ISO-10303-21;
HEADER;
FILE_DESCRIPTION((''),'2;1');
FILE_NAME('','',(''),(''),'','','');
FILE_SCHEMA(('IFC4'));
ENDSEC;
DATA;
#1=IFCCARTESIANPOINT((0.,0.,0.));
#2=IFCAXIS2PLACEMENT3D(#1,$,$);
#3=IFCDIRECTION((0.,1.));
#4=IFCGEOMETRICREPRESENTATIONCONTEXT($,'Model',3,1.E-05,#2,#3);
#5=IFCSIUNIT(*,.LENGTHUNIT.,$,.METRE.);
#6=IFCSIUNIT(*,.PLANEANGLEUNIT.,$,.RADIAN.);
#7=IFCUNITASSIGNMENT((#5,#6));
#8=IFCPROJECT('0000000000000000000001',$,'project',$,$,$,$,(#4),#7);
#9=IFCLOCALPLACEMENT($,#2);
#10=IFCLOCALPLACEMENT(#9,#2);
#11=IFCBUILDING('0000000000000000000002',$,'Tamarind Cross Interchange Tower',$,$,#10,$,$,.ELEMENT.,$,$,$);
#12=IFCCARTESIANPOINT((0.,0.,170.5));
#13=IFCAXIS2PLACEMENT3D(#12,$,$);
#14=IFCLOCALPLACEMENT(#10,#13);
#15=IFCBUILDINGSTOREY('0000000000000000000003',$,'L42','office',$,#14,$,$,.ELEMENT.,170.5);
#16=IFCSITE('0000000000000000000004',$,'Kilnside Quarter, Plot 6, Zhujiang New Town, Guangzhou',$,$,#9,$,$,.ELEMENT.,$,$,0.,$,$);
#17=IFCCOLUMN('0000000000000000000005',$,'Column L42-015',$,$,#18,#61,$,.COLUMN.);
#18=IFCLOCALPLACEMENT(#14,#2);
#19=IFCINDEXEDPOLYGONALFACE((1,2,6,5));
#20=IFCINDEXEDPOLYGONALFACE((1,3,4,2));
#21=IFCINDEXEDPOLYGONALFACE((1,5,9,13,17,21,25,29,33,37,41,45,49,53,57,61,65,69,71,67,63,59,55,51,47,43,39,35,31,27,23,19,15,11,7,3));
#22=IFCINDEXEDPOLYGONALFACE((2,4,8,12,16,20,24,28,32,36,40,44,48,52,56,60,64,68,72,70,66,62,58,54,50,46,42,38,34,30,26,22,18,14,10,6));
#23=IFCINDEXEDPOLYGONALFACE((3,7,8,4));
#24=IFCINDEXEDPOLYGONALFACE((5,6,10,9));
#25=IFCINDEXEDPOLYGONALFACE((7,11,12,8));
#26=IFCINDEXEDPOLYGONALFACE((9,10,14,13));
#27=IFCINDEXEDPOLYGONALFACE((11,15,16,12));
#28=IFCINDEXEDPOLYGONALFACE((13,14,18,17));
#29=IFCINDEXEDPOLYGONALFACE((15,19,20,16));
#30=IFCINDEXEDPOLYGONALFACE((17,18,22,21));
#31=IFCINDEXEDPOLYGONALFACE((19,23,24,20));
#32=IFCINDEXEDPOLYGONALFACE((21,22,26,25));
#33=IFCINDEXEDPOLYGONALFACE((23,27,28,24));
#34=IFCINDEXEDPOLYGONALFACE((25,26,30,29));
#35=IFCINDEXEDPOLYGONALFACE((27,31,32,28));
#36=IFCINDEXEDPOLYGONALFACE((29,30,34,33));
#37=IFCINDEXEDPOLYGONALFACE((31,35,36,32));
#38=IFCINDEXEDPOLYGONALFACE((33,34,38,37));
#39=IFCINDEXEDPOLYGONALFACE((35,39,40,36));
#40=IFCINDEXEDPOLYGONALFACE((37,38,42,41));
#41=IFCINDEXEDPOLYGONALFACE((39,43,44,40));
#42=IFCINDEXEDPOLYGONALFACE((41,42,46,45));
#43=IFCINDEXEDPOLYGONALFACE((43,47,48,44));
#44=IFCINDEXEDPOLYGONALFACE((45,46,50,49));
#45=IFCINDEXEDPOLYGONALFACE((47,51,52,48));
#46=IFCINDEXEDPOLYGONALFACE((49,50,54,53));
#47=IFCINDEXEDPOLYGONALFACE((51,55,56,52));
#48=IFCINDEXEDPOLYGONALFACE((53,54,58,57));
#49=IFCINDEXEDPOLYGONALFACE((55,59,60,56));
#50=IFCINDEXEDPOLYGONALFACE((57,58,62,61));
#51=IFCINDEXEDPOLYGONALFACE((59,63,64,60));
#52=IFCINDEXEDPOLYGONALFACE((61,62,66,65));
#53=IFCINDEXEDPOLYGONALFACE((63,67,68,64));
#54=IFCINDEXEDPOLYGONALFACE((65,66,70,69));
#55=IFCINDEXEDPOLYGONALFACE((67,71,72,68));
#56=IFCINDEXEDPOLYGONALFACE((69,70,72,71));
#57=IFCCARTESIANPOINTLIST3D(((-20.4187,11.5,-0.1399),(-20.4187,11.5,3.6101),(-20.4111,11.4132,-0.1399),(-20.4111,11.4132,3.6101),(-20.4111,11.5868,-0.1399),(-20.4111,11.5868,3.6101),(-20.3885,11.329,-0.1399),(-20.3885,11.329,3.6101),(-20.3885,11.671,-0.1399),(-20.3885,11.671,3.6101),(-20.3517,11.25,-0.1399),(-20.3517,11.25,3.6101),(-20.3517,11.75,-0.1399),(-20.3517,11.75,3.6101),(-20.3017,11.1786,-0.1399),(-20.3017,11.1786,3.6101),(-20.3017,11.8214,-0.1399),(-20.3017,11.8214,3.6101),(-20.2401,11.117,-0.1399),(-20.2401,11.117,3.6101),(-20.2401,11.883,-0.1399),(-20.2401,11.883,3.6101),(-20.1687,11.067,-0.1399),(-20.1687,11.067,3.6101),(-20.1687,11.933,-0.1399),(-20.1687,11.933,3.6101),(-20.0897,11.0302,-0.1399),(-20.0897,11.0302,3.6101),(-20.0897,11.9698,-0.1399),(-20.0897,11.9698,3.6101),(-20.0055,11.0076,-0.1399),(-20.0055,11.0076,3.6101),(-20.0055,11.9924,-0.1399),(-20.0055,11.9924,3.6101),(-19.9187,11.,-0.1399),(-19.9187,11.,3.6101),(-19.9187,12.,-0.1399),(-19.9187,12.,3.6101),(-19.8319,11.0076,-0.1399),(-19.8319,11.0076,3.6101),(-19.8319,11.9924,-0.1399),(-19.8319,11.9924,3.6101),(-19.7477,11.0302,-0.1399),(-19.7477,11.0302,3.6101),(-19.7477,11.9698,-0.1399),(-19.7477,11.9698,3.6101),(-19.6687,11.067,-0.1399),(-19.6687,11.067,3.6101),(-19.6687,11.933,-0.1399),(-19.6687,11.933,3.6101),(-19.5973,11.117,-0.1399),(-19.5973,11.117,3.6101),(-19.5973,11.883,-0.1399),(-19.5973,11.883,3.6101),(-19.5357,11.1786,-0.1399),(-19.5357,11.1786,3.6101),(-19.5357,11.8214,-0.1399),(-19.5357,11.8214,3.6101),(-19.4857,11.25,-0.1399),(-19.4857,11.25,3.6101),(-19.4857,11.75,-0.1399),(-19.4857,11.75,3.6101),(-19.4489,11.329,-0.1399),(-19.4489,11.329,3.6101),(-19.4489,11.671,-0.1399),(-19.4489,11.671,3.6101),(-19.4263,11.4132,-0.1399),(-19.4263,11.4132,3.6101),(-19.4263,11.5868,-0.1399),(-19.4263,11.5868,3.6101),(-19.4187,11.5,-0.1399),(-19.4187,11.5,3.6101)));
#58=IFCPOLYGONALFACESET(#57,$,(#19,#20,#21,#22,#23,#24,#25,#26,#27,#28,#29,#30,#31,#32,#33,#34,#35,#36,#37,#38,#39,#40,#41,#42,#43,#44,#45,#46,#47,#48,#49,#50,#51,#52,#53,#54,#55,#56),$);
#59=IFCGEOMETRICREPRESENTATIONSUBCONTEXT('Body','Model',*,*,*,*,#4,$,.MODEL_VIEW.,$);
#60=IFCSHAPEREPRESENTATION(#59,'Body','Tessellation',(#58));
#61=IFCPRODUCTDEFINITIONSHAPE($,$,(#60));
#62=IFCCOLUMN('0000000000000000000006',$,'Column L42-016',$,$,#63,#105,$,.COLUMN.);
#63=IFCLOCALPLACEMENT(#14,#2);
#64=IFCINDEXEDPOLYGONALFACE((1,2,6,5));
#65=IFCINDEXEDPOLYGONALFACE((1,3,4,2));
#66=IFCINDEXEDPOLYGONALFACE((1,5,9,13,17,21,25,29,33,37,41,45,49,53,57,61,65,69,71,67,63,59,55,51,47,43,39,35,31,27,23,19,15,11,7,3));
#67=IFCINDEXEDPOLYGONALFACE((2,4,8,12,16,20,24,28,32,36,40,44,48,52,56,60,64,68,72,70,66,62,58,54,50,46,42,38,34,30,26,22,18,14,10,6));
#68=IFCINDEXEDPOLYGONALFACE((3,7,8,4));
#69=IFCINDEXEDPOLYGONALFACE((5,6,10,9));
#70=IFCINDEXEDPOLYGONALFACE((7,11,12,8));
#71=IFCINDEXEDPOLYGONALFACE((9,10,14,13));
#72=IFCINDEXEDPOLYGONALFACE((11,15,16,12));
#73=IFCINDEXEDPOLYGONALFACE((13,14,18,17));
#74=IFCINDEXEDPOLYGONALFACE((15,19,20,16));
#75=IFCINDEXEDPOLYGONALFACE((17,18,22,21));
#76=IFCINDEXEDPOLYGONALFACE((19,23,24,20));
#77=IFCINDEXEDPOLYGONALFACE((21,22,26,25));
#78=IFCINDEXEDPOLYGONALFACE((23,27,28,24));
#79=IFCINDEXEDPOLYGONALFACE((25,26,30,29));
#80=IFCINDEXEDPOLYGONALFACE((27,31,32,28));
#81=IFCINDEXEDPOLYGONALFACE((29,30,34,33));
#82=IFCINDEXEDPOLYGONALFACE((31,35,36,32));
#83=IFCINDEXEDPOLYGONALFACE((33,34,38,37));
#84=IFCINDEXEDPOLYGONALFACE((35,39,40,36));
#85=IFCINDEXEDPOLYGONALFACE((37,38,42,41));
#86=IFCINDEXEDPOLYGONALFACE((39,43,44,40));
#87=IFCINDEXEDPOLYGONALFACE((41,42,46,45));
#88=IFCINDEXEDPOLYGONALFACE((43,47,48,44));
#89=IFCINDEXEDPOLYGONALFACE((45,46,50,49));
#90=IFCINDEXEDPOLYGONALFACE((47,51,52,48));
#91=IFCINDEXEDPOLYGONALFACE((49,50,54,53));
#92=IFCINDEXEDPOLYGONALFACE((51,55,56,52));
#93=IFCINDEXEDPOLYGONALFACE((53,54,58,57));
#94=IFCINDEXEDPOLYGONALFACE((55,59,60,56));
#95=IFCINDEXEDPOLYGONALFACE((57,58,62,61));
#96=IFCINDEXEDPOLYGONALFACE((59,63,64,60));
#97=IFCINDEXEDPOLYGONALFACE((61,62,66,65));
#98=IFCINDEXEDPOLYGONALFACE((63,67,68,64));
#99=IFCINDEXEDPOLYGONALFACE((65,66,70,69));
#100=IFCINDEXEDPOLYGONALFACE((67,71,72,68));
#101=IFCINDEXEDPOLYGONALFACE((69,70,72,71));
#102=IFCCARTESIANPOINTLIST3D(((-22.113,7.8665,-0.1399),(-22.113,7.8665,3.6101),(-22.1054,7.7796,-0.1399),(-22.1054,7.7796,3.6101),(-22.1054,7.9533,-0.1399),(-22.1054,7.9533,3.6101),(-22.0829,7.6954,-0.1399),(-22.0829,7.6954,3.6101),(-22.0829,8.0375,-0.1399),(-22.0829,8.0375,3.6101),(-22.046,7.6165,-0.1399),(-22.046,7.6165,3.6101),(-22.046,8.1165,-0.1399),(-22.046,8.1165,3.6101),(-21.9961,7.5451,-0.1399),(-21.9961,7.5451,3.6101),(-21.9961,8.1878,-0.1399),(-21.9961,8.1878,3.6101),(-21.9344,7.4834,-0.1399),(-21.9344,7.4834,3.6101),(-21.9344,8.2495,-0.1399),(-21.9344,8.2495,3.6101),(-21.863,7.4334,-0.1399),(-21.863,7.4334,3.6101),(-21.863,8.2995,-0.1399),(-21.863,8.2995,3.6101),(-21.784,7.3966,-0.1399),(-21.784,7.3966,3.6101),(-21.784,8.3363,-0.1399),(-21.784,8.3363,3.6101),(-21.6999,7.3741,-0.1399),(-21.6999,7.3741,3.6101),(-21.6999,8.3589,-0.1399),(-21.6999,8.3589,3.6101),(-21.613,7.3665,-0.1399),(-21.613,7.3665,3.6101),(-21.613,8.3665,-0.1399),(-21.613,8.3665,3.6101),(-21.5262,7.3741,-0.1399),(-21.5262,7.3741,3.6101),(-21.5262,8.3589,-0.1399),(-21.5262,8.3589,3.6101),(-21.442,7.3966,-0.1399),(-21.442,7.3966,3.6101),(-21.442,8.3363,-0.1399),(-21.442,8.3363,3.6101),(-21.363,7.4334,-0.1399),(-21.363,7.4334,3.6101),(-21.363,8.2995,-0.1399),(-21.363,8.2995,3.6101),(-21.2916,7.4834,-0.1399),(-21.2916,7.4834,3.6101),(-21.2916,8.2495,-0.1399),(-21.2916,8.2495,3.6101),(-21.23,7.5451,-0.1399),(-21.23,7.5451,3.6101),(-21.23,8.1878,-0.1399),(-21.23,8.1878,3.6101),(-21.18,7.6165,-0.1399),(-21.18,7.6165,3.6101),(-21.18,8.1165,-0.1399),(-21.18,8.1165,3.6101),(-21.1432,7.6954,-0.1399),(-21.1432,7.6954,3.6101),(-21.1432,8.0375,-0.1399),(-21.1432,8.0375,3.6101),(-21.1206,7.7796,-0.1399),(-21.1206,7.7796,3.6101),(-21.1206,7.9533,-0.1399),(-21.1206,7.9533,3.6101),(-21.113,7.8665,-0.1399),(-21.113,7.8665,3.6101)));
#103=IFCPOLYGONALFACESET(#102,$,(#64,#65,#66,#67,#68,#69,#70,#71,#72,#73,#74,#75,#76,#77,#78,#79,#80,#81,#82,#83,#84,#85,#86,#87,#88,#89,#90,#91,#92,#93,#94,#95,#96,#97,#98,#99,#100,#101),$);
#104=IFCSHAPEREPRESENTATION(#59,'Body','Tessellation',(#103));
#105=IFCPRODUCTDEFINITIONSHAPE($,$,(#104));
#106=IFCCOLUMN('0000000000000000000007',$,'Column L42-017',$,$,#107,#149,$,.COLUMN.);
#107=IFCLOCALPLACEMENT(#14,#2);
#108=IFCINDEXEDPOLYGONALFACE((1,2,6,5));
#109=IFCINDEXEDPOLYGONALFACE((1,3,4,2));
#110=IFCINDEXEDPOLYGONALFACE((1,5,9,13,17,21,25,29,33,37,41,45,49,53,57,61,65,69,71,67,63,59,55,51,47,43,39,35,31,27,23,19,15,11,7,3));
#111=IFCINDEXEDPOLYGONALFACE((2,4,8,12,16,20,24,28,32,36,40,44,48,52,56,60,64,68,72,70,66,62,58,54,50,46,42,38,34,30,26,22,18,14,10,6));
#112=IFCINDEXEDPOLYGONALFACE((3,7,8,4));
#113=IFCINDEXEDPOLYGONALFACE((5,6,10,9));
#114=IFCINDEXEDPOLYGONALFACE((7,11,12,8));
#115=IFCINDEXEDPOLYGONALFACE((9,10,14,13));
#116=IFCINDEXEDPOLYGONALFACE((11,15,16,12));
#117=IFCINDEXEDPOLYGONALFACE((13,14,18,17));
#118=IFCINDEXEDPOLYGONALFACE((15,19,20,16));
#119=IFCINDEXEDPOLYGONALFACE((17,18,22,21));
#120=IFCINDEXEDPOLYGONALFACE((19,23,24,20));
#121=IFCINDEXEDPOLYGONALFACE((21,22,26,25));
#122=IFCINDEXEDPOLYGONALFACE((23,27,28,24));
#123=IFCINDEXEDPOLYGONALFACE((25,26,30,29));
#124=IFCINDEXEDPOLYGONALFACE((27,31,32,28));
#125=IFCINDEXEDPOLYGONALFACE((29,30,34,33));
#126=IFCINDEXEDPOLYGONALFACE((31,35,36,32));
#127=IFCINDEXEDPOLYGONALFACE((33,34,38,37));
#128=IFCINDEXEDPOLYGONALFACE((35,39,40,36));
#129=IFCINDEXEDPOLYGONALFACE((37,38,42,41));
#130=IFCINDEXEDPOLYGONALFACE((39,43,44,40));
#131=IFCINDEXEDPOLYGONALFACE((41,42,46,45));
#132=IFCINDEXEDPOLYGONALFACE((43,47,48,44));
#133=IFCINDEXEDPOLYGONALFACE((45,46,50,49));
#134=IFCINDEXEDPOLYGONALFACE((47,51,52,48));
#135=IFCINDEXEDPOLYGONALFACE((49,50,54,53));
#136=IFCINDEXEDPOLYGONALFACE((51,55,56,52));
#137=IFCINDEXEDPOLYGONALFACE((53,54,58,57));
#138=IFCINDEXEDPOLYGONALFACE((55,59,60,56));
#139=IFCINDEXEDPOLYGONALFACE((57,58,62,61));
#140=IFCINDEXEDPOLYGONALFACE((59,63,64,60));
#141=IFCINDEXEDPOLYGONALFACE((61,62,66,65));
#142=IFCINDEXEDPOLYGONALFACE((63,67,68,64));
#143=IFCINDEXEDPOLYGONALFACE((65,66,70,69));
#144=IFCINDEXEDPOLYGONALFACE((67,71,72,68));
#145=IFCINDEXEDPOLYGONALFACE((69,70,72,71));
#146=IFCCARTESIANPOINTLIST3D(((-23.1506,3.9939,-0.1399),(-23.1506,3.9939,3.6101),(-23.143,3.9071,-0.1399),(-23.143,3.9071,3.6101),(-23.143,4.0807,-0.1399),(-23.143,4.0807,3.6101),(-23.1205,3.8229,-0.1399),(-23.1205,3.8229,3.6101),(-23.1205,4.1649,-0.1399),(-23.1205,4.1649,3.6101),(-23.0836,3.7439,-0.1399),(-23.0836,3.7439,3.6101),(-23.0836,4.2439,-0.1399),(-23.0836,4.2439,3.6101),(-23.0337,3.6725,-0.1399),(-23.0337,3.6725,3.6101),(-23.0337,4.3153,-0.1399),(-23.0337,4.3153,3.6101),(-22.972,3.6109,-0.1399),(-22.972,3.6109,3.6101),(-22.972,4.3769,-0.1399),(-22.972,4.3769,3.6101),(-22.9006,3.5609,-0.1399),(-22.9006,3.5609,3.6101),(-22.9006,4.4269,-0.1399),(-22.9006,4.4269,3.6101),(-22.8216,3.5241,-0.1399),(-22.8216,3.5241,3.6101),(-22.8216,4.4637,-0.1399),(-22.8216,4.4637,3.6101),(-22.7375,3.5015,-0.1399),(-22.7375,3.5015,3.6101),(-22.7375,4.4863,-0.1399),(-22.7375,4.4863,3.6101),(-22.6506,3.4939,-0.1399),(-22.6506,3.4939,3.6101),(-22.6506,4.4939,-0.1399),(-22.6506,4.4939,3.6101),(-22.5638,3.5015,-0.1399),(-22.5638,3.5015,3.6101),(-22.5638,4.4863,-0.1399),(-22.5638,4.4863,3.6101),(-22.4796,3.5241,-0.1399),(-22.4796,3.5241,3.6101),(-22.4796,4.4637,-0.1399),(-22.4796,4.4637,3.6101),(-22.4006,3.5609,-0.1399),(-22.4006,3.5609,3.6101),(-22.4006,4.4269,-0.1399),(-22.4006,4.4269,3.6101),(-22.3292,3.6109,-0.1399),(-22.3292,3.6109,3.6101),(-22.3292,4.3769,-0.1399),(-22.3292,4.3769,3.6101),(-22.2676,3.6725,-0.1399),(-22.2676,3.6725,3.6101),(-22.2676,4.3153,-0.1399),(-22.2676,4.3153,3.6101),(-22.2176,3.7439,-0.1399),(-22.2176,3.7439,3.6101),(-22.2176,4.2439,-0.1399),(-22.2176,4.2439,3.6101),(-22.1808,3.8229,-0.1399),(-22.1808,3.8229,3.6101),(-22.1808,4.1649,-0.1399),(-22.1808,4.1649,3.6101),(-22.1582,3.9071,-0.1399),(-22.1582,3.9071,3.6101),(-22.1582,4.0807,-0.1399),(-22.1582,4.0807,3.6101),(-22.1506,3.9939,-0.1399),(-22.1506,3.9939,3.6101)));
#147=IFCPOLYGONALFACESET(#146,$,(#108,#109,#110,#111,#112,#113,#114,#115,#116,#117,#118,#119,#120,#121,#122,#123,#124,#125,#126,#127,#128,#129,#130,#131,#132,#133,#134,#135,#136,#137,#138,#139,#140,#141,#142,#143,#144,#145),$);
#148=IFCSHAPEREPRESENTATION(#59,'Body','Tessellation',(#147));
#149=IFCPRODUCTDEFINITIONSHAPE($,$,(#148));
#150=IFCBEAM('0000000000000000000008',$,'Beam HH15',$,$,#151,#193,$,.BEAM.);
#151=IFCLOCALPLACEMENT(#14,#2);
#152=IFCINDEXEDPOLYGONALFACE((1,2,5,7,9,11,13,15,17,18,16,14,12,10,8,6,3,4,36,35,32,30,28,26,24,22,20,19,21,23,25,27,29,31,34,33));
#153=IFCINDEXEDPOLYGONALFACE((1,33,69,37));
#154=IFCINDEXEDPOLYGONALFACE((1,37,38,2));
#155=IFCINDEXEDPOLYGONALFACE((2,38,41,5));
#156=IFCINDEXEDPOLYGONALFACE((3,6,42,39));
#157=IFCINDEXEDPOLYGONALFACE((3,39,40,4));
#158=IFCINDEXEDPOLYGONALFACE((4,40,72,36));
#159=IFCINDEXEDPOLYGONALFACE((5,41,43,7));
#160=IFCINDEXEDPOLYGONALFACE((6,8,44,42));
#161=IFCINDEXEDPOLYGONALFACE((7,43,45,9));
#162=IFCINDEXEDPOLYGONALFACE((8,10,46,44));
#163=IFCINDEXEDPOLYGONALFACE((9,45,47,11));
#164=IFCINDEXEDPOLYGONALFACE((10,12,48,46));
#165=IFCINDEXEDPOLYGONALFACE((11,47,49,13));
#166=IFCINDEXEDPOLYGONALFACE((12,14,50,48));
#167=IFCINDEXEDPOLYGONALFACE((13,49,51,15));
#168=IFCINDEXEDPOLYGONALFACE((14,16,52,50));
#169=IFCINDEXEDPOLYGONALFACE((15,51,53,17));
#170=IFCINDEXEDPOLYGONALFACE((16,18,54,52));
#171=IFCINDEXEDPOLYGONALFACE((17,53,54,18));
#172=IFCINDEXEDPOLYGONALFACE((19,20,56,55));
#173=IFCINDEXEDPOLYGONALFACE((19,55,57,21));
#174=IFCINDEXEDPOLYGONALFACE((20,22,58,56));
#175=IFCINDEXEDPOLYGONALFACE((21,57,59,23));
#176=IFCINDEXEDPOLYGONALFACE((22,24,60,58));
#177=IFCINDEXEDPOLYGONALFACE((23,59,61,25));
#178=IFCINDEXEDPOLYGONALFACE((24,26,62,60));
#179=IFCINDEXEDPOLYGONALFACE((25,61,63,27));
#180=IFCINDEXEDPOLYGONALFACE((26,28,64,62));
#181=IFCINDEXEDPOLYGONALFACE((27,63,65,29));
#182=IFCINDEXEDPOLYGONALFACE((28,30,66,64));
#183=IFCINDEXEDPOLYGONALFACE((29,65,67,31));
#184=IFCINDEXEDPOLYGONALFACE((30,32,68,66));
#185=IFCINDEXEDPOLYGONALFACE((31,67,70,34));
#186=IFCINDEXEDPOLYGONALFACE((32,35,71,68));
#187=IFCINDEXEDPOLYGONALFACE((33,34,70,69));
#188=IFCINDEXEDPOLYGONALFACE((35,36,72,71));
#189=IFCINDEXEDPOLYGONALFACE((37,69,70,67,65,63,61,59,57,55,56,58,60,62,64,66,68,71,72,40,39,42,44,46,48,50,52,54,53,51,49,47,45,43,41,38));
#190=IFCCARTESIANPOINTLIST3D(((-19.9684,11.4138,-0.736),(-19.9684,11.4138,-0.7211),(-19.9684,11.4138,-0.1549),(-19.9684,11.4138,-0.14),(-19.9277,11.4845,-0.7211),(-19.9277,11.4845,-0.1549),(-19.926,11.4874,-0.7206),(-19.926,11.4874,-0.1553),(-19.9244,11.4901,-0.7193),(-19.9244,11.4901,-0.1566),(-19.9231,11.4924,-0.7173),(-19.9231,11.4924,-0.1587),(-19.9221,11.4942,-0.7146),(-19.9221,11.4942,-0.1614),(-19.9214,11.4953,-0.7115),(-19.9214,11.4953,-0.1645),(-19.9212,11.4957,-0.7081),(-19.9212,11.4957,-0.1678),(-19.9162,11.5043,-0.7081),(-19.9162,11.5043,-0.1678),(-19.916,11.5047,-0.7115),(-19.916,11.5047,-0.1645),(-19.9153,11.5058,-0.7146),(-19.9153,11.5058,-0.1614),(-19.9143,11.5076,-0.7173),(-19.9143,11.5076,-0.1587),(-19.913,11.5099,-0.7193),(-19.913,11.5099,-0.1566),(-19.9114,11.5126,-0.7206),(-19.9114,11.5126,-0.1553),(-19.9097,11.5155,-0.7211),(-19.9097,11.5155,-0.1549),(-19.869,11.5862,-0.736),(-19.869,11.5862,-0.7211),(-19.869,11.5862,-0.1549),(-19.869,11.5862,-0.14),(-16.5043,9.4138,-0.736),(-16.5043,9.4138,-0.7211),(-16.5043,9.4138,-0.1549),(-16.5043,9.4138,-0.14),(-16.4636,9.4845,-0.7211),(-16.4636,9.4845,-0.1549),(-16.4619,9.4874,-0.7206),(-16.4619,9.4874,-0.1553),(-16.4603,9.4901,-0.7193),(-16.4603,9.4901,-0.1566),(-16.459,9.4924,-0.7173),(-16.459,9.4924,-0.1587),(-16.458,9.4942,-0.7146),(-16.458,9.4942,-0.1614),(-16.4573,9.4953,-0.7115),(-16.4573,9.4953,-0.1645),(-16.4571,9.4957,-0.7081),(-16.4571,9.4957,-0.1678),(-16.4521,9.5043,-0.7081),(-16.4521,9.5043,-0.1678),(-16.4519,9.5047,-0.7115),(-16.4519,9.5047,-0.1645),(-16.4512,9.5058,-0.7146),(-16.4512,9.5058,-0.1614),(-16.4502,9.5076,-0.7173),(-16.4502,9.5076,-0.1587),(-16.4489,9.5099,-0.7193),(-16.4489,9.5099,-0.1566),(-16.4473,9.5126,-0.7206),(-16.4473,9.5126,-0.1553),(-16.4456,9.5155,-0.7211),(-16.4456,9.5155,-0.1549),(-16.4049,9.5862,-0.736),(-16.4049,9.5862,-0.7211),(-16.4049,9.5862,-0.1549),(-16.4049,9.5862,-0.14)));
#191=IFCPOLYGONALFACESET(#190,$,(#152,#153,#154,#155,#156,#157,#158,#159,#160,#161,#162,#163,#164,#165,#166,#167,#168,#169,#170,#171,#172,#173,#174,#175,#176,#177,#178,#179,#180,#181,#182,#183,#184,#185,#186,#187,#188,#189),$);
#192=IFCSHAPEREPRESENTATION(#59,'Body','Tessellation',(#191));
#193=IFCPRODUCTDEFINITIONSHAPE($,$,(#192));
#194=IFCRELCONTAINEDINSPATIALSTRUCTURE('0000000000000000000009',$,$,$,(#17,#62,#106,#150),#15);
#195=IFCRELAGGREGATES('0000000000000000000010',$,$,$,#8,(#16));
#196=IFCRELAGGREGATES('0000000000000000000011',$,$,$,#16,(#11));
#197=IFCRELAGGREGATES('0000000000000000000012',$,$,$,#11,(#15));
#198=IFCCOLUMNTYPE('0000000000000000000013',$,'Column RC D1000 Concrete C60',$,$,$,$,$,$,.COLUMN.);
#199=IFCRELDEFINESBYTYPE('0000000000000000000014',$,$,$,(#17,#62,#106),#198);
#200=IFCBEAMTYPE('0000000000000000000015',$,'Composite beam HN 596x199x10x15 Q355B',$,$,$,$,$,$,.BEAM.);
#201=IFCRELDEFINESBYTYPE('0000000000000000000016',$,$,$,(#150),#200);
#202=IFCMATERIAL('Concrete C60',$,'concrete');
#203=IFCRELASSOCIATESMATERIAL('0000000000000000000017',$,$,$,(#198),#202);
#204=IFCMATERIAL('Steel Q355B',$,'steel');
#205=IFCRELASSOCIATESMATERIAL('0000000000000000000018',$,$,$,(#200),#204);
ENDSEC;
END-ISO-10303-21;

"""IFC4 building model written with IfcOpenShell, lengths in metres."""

from ifc_helpers import new_model, si_unit, direction, frame, origin, origin_2d, place, context, subcontext, project, spatial, circle, i_section, extrude, material, material_profile, profile_set, type_object, element, save


model = new_model("IFC4")

# Units and contexts
model_context = context("Model", 3, precision=1e-05, world=origin(), true_north=direction((0.0, 1.0)))
body_context = subcontext(model_context, "Body", "Model", "MODEL_VIEW")
ifc_project = project(units=[si_unit("LENGTHUNIT", "METRE"), si_unit("PLANEANGLEUNIT", "RADIAN")], contexts=[model_context])

# Site, building, storey
site_placement = place(None, origin())
site = spatial("IfcSite", under=ifc_project, at=site_placement, Name="Kilnside Quarter, Plot 6, Zhujiang New Town, Guangzhou", CompositionType="ELEMENT", RefElevation=0.0)
building_placement = place(site_placement, origin())
building = spatial("IfcBuilding", under=site, at=building_placement, Name="Tamarind Cross Interchange Tower", CompositionType="ELEMENT")
storey_placement = place(building_placement, frame((0.0, 0.0, 170.5)))
storey = spatial("IfcBuildingStorey", under=building, at=storey_placement, Name="L42", Description="office", CompositionType="ELEMENT", Elevation=170.5)

# Columns
ifc_material_1 = material(Name="Concrete C60", Category="concrete")
ifc_material_profile_1 = material_profile(ifc_material_1, circle(Radius=0.5, at=origin_2d()), Name="RC D1000")
ifc_profile_set_1 = profile_set([ifc_material_profile_1], Name="Concrete C60")
column_type = type_object("IfcColumnType", Name="Column RC D1000 Concrete C60", PredefinedType="COLUMN", material=ifc_profile_set_1)
for number, where, z_axis, x_axis, name in (
    (1, (-19.9187, 11.5, -0.1399), (0.0, 0.0, 1.0), (1.0, 0.0, 0.0), "Column L42-015"),
    (2, (-21.613, 7.8665, -0.1399), (0.0, 0.0, 1.0), (1.0, 0.0, 0.0), "Column L42-016"),
    (3, (-22.6506, 3.9939, -0.1399), (0.0, 0.0, 1.0), (1.0, 0.0, 0.0), "Column L42-017"),
):
    element("IfcColumn", number, at=place(storey_placement, frame(where, z_axis=z_axis, x_axis=x_axis)), inside=storey, type_object=column_type, Name=name, PredefinedType="COLUMN", context=body_context, shape_type="SweptSolid", body=[
        extrude(circle(Radius=0.5, at=origin_2d()), origin(), (0.0, 0.0, 1.0), 3.75),
    ])

# Beam
ifc_material_2 = material(Name="Steel Q355B", Category="steel")
ifc_material_profile_2 = material_profile(ifc_material_2, i_section(OverallWidth=0.199, OverallDepth=0.5959, WebThickness=0.01, FlangeThickness=0.0149, FilletRadius=0.0129, at=origin_2d()), Name="HN 596x199x10x15")
ifc_profile_set_2 = profile_set([ifc_material_profile_2], Name="Steel Q355B")
beam_type = type_object("IfcBeamType", Name="Composite beam HN 596x199x10x15 Q355B", PredefinedType="BEAM", material=ifc_profile_set_2)
beam_1_placement = place(storey_placement, frame((-19.9187, 11.5, -0.438), z_axis=(0.866026, -0.499999, 0.0), x_axis=(0.499999, 0.866026, 0.0)))
element("IfcBeam", 4, at=beam_1_placement, inside=storey, type_object=beam_type, Name="Beam HH15", PredefinedType="BEAM", context=body_context, shape_type="SweptSolid", body=[
    extrude(i_section(OverallWidth=0.199, OverallDepth=0.5959, WebThickness=0.01, FlangeThickness=0.0149, FilletRadius=0.0129, at=origin_2d()), origin(), (0.0, 0.0, 1.0), 4.0),
])

save(model, "model.ifc")
